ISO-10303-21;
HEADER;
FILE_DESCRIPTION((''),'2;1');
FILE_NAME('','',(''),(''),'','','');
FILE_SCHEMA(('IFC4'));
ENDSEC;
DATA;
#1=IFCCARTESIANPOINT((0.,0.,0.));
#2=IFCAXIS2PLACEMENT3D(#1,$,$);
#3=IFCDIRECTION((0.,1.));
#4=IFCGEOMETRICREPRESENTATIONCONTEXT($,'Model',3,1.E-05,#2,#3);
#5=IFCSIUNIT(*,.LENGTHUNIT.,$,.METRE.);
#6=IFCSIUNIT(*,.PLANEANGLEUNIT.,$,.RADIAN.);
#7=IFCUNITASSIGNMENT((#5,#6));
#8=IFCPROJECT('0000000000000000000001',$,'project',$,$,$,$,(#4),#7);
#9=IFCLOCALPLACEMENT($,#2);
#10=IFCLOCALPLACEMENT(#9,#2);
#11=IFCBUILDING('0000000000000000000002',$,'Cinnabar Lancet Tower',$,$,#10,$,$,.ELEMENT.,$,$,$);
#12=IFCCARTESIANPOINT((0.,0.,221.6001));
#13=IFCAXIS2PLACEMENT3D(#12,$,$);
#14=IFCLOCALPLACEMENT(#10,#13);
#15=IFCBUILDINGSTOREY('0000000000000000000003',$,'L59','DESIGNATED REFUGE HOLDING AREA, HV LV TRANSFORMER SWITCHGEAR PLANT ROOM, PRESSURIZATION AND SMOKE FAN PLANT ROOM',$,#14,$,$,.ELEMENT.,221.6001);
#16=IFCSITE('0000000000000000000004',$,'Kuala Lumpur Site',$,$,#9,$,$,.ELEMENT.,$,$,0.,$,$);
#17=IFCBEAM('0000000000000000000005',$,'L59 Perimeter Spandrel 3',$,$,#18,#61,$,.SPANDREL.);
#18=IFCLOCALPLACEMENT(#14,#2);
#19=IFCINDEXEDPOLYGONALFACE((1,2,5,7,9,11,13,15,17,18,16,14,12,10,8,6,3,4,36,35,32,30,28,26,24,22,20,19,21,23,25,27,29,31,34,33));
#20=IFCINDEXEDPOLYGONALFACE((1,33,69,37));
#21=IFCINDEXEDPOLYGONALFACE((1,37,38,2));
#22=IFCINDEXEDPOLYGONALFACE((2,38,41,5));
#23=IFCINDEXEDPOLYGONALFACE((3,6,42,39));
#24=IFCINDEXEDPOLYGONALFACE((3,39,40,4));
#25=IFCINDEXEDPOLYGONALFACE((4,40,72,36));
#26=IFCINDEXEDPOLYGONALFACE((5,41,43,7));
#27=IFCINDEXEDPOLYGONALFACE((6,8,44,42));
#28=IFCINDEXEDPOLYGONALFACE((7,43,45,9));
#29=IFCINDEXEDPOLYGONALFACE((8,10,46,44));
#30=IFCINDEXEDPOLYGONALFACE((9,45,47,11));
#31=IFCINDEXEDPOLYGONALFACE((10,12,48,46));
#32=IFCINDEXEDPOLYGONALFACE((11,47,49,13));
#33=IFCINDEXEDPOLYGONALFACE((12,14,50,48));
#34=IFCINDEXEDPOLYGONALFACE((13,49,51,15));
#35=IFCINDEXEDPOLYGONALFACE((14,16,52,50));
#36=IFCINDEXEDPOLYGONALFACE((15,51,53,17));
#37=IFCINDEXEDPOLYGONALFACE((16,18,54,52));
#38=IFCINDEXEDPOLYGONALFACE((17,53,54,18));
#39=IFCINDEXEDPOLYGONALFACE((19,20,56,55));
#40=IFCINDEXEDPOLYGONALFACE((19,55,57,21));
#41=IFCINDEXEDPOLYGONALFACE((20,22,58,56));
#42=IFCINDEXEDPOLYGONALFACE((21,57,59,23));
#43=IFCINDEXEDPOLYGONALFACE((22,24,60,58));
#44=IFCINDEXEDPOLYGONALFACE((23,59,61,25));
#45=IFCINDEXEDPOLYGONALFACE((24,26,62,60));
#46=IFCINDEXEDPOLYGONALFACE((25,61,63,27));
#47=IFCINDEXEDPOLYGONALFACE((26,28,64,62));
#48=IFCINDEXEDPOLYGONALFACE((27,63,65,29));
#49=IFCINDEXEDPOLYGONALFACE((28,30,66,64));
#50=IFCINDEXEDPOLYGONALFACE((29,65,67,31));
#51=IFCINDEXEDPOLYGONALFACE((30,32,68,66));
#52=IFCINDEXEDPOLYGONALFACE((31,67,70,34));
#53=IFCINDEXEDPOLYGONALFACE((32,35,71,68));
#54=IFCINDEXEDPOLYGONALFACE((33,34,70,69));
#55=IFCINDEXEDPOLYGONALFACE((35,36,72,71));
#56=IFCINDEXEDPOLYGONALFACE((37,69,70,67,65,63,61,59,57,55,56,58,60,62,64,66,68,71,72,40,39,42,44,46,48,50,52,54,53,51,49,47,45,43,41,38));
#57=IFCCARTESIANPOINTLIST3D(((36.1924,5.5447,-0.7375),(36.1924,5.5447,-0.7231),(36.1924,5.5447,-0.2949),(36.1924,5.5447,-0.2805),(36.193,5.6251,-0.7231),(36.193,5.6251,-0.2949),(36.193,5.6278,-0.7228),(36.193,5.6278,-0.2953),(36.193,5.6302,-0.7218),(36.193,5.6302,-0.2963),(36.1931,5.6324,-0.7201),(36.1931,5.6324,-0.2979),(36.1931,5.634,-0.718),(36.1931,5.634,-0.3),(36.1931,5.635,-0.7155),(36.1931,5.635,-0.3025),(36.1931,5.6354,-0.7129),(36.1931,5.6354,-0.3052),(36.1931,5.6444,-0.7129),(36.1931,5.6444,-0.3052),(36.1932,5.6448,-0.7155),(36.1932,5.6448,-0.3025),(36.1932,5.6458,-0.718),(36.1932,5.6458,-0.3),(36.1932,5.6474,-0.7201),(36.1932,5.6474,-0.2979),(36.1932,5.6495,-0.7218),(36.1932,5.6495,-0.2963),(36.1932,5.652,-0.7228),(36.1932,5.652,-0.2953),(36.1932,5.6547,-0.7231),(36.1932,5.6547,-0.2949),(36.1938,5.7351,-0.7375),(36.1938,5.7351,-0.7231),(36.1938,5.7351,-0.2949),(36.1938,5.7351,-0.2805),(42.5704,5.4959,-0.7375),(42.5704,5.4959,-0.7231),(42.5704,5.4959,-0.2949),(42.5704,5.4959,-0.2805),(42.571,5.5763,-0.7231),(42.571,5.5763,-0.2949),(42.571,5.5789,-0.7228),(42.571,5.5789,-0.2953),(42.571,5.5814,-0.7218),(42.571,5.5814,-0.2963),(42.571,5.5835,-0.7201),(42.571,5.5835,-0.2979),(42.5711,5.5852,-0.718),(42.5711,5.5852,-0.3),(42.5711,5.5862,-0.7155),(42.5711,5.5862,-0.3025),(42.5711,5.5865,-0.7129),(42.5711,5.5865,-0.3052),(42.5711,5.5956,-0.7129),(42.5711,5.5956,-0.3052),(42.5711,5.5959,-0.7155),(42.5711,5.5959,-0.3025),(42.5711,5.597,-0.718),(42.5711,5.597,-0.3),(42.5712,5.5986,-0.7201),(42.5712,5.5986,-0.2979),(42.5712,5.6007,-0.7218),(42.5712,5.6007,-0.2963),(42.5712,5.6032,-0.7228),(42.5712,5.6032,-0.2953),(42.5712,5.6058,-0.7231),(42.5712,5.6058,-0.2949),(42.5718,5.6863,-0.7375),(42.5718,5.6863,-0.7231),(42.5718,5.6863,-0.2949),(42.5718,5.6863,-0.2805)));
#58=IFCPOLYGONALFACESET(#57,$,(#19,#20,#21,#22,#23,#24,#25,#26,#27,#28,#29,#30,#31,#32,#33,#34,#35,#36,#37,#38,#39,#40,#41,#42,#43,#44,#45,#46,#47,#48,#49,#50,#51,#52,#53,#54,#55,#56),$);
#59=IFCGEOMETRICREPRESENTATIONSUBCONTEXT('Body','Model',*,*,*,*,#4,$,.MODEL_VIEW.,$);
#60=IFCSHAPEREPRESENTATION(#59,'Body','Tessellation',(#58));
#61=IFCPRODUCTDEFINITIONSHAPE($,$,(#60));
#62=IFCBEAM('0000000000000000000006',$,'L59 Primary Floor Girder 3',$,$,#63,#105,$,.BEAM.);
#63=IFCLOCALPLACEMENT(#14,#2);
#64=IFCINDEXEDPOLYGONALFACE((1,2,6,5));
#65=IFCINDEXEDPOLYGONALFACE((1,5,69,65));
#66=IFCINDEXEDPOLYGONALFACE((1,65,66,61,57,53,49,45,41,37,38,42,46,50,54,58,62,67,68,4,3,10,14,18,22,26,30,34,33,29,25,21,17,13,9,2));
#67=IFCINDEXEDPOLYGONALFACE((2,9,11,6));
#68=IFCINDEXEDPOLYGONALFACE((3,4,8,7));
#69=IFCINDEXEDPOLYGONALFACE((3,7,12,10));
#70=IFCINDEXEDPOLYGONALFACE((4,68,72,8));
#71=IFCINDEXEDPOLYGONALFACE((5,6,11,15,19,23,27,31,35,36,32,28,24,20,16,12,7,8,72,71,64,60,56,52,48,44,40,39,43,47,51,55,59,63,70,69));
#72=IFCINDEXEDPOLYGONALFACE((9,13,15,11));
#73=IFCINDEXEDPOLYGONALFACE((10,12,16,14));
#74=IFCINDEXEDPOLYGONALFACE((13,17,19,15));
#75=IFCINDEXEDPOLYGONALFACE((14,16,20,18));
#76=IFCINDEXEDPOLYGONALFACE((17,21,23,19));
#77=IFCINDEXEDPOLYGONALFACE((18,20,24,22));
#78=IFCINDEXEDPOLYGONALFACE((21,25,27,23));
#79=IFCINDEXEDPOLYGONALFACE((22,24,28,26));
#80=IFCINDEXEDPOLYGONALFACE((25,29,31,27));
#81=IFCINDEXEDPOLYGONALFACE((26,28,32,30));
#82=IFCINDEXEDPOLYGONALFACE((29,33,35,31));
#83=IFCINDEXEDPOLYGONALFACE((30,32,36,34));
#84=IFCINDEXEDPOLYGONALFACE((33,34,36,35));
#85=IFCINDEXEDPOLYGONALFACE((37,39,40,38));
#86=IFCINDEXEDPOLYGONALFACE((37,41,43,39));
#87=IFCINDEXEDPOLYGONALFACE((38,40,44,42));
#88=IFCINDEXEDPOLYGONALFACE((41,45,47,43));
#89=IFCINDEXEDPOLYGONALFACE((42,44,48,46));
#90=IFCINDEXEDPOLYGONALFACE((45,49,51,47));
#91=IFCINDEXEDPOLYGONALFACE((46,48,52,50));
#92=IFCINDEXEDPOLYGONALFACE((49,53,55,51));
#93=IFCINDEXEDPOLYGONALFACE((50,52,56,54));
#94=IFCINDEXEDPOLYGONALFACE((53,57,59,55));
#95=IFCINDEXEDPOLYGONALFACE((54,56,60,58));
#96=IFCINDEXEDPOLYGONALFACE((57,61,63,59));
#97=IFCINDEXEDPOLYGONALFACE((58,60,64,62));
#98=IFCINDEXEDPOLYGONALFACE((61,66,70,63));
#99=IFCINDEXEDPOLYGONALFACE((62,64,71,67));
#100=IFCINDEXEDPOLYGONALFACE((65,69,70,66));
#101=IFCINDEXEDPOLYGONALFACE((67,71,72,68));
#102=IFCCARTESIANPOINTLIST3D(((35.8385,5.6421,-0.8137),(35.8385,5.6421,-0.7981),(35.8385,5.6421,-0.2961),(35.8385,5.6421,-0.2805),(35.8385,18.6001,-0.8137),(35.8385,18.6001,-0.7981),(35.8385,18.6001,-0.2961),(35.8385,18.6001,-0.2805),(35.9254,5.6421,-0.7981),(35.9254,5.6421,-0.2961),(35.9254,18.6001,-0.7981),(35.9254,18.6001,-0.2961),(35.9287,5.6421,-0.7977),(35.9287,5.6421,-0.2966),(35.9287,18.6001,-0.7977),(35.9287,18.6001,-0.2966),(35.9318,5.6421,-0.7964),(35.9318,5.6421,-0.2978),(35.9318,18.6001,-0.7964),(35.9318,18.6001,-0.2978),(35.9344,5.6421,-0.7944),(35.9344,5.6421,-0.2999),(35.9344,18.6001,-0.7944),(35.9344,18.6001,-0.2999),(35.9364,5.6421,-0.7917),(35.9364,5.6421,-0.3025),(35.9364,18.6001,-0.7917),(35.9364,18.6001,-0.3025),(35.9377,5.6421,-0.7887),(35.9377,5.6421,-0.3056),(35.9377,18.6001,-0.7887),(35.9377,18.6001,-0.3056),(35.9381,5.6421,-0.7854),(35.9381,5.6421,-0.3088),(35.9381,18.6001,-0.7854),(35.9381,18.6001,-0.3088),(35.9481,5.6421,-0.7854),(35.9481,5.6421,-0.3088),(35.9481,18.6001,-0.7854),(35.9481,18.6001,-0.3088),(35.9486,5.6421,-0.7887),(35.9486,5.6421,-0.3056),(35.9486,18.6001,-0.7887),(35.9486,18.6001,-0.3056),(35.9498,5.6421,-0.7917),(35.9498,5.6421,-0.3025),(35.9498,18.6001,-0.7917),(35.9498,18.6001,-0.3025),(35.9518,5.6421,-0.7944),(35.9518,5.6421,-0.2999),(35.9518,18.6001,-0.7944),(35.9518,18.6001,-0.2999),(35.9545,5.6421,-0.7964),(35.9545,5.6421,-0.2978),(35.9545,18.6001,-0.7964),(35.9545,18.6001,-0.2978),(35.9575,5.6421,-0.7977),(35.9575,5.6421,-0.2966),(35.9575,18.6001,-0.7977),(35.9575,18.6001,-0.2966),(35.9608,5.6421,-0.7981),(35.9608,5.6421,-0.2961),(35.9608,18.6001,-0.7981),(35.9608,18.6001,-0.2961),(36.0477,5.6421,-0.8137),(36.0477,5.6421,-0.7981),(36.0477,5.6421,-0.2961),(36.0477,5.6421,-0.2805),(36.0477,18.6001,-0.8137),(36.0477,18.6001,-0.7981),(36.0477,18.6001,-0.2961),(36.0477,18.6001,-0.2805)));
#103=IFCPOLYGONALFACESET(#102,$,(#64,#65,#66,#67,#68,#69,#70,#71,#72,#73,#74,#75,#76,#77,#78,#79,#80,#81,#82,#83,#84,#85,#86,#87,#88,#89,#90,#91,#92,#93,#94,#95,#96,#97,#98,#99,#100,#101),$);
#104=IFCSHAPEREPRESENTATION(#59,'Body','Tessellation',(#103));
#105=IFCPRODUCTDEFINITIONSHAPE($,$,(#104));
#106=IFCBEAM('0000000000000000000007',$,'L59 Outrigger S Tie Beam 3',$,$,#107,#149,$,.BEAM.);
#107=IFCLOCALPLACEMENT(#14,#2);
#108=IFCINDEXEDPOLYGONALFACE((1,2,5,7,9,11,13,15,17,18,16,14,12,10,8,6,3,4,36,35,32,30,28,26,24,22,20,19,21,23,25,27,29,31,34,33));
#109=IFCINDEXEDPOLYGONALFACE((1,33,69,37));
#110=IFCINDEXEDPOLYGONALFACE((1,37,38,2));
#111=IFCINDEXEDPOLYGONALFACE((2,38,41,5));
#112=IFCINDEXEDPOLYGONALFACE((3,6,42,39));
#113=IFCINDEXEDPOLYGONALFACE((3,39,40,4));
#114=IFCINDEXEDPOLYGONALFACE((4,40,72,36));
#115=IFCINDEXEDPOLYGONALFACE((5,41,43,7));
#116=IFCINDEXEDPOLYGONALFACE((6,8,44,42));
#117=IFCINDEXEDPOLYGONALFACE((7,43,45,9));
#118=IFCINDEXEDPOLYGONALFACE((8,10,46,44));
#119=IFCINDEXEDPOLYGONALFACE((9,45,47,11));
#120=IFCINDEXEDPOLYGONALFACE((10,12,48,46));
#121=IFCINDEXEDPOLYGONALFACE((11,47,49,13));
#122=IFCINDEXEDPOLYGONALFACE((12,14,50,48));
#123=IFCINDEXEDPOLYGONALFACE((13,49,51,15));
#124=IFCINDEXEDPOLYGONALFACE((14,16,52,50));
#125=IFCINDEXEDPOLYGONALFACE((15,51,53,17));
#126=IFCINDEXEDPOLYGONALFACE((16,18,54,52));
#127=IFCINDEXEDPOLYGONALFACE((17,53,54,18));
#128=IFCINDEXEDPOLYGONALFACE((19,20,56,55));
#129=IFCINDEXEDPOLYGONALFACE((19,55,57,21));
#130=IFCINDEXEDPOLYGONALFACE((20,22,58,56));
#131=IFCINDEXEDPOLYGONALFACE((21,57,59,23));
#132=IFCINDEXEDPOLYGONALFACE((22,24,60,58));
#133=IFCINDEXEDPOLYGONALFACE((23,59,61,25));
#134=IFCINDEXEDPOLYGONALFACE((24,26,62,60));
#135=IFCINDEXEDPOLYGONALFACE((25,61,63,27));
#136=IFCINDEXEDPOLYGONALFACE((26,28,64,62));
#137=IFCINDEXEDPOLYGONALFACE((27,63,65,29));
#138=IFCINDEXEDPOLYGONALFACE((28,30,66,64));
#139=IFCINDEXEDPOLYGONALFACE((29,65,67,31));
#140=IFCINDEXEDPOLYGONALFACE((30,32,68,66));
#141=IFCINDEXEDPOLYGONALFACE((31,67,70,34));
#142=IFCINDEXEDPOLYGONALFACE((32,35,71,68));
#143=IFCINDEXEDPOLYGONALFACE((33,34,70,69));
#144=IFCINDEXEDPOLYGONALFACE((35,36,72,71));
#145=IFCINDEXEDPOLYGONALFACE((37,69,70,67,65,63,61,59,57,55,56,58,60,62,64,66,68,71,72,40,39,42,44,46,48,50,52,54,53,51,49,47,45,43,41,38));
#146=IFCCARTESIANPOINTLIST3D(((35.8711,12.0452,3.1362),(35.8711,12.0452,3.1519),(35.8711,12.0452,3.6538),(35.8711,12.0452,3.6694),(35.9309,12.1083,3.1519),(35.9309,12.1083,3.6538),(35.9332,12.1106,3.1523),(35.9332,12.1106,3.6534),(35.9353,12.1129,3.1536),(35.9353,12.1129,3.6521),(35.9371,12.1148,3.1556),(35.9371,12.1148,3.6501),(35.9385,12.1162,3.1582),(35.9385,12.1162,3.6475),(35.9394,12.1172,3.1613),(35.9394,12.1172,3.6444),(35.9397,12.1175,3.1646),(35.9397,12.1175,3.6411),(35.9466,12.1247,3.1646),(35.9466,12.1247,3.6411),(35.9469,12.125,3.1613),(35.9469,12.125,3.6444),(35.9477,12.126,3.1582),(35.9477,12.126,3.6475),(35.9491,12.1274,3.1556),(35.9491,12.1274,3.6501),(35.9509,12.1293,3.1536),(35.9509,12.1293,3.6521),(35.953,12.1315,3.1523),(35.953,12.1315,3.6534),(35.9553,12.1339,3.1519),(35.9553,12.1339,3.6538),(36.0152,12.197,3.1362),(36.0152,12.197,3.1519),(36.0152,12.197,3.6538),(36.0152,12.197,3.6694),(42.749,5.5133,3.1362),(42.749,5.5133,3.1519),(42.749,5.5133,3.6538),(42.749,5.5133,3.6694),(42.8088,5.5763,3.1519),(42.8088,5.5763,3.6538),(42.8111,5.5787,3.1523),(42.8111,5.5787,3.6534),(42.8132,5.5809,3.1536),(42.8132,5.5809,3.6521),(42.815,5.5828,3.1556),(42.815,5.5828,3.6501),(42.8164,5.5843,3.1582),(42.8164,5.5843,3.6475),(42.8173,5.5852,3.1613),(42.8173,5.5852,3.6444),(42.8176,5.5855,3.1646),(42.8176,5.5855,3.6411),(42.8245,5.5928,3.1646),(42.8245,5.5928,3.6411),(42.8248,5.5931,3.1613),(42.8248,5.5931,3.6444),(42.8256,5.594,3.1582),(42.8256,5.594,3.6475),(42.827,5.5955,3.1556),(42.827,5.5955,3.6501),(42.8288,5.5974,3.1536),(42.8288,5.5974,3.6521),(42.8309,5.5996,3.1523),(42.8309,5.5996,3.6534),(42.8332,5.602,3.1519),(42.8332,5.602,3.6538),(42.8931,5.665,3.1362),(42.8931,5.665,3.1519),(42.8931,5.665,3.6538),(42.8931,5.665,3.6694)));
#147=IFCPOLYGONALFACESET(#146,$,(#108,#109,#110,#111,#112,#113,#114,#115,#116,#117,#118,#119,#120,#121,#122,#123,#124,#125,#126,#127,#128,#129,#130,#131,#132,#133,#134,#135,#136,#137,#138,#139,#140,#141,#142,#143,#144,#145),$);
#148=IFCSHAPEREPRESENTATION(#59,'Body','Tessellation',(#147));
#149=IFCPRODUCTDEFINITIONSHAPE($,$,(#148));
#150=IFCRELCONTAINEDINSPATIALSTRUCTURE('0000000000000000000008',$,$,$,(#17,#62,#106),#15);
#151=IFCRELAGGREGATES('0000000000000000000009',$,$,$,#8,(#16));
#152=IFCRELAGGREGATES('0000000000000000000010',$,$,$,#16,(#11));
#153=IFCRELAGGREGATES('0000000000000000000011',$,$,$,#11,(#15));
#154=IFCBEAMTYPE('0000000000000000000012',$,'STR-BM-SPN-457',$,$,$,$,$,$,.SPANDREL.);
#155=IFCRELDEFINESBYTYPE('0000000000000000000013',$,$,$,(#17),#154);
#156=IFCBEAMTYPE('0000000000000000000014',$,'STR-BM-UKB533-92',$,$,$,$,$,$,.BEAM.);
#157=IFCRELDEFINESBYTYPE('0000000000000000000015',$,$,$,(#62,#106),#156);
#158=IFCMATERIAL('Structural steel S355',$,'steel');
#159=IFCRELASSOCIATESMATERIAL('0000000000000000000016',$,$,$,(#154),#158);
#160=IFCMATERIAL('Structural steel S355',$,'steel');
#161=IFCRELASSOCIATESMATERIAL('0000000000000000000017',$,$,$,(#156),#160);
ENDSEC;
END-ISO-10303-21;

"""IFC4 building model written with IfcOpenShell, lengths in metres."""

from ifc_helpers import new_model, si_unit, direction, frame, origin, origin_2d, place, context, subcontext, project, spatial, i_section, extrude, material, material_profile, profile_set, type_object, element, save


model = new_model("IFC4")

# Units and contexts
model_context = context("Model", 3, precision=1e-05, world=origin(), true_north=direction((0.0, 1.0)))
body_context = subcontext(model_context, "Body", "Model", "MODEL_VIEW")
ifc_project = project(units=[si_unit("LENGTHUNIT", "METRE"), si_unit("PLANEANGLEUNIT", "RADIAN")], contexts=[model_context])

# Site, building, storey
site_placement = place(None, origin())
site = spatial("IfcSite", under=ifc_project, at=site_placement, Name="Kuala Lumpur Site", CompositionType="ELEMENT", RefElevation=0.0)
building_placement = place(site_placement, origin())
building = spatial("IfcBuilding", under=site, at=building_placement, Name="Cinnabar Lancet Tower", CompositionType="ELEMENT")
storey_placement = place(building_placement, frame((0.0, 0.0, 221.6001)))
storey = spatial("IfcBuildingStorey", under=building, at=storey_placement, Name="L59", Description="DESIGNATED REFUGE HOLDING AREA, HV LV TRANSFORMER SWITCHGEAR PLANT ROOM, PRESSURIZATION AND SMOKE FAN PLANT ROOM", CompositionType="ELEMENT", Elevation=221.6001)

# Beams
ifc_material_1 = material(Name="Structural steel S355", Category="steel")
ifc_material_profile_1 = material_profile(ifc_material_1, i_section(OverallWidth=0.1904, OverallDepth=0.457, WebThickness=0.009, FlangeThickness=0.0144, FilletRadius=0.0103, at=origin_2d()), Name="UKB 457x191x74")
ifc_profile_set_1 = profile_set([ifc_material_profile_1], Name="Structural steel S355")
beam_type_1 = type_object("IfcBeamType", Name="STR-BM-SPN-457", PredefinedType="SPANDREL", material=ifc_profile_set_1)
beam_1_placement = place(storey_placement, frame((36.1931, 5.6399, -0.509), z_axis=(0.999971, -0.007656, 0.0), x_axis=(0.007656, 0.999971, 0.0)))
element("IfcBeam", 1, at=beam_1_placement, inside=storey, type_object=beam_type_1, Name="L59 Perimeter Spandrel 3", PredefinedType="SPANDREL", context=body_context, shape_type="SweptSolid", body=[
    extrude(i_section(OverallWidth=0.1904, OverallDepth=0.457, WebThickness=0.009, FlangeThickness=0.0144, FilletRadius=0.0103, at=origin_2d()), origin(), (0.0, 0.0, 1.0), 6.3782),
])
ifc_material_2 = material(Name="Structural steel S355", Category="steel")
ifc_material_profile_2 = material_profile(ifc_material_2, i_section(OverallWidth=0.2092, OverallDepth=0.5332, WebThickness=0.01, FlangeThickness=0.0156, FilletRadius=0.0127, at=origin_2d()), Name="UKB 533x210x92")
ifc_profile_set_2 = profile_set([ifc_material_profile_2], Name="Structural steel S355")
beam_type_2 = type_object("IfcBeamType", Name="STR-BM-UKB533-92", PredefinedType="BEAM", material=ifc_profile_set_2)
beam_2_placement = place(storey_placement, frame((35.9431, 5.6421, -0.5471), z_axis=(0.0, 1.0, 0.0), x_axis=(-1.0, 0.0, 0.0)))
element("IfcBeam", 2, at=beam_2_placement, inside=storey, type_object=beam_type_2, Name="L59 Primary Floor Girder 3", PredefinedType="BEAM", context=body_context, shape_type="SweptSolid", body=[
    extrude(i_section(OverallWidth=0.2092, OverallDepth=0.5332, WebThickness=0.01, FlangeThickness=0.0156, FilletRadius=0.0127, at=origin_2d()), origin(), (0.0, 0.0, 1.0), 12.958),
])
beam_3_placement = place(storey_placement, frame((35.9431, 12.1211, 3.4028), z_axis=(0.725107, -0.688636, 0.0), x_axis=(0.688636, 0.725107, 0.0)))
element("IfcBeam", 3, at=beam_3_placement, inside=storey, type_object=beam_type_2, Name="L59 Outrigger S Tie Beam 3", PredefinedType="BEAM", context=body_context, shape_type="SweptSolid", body=[
    extrude(i_section(OverallWidth=0.2092, OverallDepth=0.5332, WebThickness=0.01, FlangeThickness=0.0156, FilletRadius=0.0127, at=origin_2d()), origin(), (0.0, 0.0, 1.0), 9.4854),
])

save(model, "model.ifc")
